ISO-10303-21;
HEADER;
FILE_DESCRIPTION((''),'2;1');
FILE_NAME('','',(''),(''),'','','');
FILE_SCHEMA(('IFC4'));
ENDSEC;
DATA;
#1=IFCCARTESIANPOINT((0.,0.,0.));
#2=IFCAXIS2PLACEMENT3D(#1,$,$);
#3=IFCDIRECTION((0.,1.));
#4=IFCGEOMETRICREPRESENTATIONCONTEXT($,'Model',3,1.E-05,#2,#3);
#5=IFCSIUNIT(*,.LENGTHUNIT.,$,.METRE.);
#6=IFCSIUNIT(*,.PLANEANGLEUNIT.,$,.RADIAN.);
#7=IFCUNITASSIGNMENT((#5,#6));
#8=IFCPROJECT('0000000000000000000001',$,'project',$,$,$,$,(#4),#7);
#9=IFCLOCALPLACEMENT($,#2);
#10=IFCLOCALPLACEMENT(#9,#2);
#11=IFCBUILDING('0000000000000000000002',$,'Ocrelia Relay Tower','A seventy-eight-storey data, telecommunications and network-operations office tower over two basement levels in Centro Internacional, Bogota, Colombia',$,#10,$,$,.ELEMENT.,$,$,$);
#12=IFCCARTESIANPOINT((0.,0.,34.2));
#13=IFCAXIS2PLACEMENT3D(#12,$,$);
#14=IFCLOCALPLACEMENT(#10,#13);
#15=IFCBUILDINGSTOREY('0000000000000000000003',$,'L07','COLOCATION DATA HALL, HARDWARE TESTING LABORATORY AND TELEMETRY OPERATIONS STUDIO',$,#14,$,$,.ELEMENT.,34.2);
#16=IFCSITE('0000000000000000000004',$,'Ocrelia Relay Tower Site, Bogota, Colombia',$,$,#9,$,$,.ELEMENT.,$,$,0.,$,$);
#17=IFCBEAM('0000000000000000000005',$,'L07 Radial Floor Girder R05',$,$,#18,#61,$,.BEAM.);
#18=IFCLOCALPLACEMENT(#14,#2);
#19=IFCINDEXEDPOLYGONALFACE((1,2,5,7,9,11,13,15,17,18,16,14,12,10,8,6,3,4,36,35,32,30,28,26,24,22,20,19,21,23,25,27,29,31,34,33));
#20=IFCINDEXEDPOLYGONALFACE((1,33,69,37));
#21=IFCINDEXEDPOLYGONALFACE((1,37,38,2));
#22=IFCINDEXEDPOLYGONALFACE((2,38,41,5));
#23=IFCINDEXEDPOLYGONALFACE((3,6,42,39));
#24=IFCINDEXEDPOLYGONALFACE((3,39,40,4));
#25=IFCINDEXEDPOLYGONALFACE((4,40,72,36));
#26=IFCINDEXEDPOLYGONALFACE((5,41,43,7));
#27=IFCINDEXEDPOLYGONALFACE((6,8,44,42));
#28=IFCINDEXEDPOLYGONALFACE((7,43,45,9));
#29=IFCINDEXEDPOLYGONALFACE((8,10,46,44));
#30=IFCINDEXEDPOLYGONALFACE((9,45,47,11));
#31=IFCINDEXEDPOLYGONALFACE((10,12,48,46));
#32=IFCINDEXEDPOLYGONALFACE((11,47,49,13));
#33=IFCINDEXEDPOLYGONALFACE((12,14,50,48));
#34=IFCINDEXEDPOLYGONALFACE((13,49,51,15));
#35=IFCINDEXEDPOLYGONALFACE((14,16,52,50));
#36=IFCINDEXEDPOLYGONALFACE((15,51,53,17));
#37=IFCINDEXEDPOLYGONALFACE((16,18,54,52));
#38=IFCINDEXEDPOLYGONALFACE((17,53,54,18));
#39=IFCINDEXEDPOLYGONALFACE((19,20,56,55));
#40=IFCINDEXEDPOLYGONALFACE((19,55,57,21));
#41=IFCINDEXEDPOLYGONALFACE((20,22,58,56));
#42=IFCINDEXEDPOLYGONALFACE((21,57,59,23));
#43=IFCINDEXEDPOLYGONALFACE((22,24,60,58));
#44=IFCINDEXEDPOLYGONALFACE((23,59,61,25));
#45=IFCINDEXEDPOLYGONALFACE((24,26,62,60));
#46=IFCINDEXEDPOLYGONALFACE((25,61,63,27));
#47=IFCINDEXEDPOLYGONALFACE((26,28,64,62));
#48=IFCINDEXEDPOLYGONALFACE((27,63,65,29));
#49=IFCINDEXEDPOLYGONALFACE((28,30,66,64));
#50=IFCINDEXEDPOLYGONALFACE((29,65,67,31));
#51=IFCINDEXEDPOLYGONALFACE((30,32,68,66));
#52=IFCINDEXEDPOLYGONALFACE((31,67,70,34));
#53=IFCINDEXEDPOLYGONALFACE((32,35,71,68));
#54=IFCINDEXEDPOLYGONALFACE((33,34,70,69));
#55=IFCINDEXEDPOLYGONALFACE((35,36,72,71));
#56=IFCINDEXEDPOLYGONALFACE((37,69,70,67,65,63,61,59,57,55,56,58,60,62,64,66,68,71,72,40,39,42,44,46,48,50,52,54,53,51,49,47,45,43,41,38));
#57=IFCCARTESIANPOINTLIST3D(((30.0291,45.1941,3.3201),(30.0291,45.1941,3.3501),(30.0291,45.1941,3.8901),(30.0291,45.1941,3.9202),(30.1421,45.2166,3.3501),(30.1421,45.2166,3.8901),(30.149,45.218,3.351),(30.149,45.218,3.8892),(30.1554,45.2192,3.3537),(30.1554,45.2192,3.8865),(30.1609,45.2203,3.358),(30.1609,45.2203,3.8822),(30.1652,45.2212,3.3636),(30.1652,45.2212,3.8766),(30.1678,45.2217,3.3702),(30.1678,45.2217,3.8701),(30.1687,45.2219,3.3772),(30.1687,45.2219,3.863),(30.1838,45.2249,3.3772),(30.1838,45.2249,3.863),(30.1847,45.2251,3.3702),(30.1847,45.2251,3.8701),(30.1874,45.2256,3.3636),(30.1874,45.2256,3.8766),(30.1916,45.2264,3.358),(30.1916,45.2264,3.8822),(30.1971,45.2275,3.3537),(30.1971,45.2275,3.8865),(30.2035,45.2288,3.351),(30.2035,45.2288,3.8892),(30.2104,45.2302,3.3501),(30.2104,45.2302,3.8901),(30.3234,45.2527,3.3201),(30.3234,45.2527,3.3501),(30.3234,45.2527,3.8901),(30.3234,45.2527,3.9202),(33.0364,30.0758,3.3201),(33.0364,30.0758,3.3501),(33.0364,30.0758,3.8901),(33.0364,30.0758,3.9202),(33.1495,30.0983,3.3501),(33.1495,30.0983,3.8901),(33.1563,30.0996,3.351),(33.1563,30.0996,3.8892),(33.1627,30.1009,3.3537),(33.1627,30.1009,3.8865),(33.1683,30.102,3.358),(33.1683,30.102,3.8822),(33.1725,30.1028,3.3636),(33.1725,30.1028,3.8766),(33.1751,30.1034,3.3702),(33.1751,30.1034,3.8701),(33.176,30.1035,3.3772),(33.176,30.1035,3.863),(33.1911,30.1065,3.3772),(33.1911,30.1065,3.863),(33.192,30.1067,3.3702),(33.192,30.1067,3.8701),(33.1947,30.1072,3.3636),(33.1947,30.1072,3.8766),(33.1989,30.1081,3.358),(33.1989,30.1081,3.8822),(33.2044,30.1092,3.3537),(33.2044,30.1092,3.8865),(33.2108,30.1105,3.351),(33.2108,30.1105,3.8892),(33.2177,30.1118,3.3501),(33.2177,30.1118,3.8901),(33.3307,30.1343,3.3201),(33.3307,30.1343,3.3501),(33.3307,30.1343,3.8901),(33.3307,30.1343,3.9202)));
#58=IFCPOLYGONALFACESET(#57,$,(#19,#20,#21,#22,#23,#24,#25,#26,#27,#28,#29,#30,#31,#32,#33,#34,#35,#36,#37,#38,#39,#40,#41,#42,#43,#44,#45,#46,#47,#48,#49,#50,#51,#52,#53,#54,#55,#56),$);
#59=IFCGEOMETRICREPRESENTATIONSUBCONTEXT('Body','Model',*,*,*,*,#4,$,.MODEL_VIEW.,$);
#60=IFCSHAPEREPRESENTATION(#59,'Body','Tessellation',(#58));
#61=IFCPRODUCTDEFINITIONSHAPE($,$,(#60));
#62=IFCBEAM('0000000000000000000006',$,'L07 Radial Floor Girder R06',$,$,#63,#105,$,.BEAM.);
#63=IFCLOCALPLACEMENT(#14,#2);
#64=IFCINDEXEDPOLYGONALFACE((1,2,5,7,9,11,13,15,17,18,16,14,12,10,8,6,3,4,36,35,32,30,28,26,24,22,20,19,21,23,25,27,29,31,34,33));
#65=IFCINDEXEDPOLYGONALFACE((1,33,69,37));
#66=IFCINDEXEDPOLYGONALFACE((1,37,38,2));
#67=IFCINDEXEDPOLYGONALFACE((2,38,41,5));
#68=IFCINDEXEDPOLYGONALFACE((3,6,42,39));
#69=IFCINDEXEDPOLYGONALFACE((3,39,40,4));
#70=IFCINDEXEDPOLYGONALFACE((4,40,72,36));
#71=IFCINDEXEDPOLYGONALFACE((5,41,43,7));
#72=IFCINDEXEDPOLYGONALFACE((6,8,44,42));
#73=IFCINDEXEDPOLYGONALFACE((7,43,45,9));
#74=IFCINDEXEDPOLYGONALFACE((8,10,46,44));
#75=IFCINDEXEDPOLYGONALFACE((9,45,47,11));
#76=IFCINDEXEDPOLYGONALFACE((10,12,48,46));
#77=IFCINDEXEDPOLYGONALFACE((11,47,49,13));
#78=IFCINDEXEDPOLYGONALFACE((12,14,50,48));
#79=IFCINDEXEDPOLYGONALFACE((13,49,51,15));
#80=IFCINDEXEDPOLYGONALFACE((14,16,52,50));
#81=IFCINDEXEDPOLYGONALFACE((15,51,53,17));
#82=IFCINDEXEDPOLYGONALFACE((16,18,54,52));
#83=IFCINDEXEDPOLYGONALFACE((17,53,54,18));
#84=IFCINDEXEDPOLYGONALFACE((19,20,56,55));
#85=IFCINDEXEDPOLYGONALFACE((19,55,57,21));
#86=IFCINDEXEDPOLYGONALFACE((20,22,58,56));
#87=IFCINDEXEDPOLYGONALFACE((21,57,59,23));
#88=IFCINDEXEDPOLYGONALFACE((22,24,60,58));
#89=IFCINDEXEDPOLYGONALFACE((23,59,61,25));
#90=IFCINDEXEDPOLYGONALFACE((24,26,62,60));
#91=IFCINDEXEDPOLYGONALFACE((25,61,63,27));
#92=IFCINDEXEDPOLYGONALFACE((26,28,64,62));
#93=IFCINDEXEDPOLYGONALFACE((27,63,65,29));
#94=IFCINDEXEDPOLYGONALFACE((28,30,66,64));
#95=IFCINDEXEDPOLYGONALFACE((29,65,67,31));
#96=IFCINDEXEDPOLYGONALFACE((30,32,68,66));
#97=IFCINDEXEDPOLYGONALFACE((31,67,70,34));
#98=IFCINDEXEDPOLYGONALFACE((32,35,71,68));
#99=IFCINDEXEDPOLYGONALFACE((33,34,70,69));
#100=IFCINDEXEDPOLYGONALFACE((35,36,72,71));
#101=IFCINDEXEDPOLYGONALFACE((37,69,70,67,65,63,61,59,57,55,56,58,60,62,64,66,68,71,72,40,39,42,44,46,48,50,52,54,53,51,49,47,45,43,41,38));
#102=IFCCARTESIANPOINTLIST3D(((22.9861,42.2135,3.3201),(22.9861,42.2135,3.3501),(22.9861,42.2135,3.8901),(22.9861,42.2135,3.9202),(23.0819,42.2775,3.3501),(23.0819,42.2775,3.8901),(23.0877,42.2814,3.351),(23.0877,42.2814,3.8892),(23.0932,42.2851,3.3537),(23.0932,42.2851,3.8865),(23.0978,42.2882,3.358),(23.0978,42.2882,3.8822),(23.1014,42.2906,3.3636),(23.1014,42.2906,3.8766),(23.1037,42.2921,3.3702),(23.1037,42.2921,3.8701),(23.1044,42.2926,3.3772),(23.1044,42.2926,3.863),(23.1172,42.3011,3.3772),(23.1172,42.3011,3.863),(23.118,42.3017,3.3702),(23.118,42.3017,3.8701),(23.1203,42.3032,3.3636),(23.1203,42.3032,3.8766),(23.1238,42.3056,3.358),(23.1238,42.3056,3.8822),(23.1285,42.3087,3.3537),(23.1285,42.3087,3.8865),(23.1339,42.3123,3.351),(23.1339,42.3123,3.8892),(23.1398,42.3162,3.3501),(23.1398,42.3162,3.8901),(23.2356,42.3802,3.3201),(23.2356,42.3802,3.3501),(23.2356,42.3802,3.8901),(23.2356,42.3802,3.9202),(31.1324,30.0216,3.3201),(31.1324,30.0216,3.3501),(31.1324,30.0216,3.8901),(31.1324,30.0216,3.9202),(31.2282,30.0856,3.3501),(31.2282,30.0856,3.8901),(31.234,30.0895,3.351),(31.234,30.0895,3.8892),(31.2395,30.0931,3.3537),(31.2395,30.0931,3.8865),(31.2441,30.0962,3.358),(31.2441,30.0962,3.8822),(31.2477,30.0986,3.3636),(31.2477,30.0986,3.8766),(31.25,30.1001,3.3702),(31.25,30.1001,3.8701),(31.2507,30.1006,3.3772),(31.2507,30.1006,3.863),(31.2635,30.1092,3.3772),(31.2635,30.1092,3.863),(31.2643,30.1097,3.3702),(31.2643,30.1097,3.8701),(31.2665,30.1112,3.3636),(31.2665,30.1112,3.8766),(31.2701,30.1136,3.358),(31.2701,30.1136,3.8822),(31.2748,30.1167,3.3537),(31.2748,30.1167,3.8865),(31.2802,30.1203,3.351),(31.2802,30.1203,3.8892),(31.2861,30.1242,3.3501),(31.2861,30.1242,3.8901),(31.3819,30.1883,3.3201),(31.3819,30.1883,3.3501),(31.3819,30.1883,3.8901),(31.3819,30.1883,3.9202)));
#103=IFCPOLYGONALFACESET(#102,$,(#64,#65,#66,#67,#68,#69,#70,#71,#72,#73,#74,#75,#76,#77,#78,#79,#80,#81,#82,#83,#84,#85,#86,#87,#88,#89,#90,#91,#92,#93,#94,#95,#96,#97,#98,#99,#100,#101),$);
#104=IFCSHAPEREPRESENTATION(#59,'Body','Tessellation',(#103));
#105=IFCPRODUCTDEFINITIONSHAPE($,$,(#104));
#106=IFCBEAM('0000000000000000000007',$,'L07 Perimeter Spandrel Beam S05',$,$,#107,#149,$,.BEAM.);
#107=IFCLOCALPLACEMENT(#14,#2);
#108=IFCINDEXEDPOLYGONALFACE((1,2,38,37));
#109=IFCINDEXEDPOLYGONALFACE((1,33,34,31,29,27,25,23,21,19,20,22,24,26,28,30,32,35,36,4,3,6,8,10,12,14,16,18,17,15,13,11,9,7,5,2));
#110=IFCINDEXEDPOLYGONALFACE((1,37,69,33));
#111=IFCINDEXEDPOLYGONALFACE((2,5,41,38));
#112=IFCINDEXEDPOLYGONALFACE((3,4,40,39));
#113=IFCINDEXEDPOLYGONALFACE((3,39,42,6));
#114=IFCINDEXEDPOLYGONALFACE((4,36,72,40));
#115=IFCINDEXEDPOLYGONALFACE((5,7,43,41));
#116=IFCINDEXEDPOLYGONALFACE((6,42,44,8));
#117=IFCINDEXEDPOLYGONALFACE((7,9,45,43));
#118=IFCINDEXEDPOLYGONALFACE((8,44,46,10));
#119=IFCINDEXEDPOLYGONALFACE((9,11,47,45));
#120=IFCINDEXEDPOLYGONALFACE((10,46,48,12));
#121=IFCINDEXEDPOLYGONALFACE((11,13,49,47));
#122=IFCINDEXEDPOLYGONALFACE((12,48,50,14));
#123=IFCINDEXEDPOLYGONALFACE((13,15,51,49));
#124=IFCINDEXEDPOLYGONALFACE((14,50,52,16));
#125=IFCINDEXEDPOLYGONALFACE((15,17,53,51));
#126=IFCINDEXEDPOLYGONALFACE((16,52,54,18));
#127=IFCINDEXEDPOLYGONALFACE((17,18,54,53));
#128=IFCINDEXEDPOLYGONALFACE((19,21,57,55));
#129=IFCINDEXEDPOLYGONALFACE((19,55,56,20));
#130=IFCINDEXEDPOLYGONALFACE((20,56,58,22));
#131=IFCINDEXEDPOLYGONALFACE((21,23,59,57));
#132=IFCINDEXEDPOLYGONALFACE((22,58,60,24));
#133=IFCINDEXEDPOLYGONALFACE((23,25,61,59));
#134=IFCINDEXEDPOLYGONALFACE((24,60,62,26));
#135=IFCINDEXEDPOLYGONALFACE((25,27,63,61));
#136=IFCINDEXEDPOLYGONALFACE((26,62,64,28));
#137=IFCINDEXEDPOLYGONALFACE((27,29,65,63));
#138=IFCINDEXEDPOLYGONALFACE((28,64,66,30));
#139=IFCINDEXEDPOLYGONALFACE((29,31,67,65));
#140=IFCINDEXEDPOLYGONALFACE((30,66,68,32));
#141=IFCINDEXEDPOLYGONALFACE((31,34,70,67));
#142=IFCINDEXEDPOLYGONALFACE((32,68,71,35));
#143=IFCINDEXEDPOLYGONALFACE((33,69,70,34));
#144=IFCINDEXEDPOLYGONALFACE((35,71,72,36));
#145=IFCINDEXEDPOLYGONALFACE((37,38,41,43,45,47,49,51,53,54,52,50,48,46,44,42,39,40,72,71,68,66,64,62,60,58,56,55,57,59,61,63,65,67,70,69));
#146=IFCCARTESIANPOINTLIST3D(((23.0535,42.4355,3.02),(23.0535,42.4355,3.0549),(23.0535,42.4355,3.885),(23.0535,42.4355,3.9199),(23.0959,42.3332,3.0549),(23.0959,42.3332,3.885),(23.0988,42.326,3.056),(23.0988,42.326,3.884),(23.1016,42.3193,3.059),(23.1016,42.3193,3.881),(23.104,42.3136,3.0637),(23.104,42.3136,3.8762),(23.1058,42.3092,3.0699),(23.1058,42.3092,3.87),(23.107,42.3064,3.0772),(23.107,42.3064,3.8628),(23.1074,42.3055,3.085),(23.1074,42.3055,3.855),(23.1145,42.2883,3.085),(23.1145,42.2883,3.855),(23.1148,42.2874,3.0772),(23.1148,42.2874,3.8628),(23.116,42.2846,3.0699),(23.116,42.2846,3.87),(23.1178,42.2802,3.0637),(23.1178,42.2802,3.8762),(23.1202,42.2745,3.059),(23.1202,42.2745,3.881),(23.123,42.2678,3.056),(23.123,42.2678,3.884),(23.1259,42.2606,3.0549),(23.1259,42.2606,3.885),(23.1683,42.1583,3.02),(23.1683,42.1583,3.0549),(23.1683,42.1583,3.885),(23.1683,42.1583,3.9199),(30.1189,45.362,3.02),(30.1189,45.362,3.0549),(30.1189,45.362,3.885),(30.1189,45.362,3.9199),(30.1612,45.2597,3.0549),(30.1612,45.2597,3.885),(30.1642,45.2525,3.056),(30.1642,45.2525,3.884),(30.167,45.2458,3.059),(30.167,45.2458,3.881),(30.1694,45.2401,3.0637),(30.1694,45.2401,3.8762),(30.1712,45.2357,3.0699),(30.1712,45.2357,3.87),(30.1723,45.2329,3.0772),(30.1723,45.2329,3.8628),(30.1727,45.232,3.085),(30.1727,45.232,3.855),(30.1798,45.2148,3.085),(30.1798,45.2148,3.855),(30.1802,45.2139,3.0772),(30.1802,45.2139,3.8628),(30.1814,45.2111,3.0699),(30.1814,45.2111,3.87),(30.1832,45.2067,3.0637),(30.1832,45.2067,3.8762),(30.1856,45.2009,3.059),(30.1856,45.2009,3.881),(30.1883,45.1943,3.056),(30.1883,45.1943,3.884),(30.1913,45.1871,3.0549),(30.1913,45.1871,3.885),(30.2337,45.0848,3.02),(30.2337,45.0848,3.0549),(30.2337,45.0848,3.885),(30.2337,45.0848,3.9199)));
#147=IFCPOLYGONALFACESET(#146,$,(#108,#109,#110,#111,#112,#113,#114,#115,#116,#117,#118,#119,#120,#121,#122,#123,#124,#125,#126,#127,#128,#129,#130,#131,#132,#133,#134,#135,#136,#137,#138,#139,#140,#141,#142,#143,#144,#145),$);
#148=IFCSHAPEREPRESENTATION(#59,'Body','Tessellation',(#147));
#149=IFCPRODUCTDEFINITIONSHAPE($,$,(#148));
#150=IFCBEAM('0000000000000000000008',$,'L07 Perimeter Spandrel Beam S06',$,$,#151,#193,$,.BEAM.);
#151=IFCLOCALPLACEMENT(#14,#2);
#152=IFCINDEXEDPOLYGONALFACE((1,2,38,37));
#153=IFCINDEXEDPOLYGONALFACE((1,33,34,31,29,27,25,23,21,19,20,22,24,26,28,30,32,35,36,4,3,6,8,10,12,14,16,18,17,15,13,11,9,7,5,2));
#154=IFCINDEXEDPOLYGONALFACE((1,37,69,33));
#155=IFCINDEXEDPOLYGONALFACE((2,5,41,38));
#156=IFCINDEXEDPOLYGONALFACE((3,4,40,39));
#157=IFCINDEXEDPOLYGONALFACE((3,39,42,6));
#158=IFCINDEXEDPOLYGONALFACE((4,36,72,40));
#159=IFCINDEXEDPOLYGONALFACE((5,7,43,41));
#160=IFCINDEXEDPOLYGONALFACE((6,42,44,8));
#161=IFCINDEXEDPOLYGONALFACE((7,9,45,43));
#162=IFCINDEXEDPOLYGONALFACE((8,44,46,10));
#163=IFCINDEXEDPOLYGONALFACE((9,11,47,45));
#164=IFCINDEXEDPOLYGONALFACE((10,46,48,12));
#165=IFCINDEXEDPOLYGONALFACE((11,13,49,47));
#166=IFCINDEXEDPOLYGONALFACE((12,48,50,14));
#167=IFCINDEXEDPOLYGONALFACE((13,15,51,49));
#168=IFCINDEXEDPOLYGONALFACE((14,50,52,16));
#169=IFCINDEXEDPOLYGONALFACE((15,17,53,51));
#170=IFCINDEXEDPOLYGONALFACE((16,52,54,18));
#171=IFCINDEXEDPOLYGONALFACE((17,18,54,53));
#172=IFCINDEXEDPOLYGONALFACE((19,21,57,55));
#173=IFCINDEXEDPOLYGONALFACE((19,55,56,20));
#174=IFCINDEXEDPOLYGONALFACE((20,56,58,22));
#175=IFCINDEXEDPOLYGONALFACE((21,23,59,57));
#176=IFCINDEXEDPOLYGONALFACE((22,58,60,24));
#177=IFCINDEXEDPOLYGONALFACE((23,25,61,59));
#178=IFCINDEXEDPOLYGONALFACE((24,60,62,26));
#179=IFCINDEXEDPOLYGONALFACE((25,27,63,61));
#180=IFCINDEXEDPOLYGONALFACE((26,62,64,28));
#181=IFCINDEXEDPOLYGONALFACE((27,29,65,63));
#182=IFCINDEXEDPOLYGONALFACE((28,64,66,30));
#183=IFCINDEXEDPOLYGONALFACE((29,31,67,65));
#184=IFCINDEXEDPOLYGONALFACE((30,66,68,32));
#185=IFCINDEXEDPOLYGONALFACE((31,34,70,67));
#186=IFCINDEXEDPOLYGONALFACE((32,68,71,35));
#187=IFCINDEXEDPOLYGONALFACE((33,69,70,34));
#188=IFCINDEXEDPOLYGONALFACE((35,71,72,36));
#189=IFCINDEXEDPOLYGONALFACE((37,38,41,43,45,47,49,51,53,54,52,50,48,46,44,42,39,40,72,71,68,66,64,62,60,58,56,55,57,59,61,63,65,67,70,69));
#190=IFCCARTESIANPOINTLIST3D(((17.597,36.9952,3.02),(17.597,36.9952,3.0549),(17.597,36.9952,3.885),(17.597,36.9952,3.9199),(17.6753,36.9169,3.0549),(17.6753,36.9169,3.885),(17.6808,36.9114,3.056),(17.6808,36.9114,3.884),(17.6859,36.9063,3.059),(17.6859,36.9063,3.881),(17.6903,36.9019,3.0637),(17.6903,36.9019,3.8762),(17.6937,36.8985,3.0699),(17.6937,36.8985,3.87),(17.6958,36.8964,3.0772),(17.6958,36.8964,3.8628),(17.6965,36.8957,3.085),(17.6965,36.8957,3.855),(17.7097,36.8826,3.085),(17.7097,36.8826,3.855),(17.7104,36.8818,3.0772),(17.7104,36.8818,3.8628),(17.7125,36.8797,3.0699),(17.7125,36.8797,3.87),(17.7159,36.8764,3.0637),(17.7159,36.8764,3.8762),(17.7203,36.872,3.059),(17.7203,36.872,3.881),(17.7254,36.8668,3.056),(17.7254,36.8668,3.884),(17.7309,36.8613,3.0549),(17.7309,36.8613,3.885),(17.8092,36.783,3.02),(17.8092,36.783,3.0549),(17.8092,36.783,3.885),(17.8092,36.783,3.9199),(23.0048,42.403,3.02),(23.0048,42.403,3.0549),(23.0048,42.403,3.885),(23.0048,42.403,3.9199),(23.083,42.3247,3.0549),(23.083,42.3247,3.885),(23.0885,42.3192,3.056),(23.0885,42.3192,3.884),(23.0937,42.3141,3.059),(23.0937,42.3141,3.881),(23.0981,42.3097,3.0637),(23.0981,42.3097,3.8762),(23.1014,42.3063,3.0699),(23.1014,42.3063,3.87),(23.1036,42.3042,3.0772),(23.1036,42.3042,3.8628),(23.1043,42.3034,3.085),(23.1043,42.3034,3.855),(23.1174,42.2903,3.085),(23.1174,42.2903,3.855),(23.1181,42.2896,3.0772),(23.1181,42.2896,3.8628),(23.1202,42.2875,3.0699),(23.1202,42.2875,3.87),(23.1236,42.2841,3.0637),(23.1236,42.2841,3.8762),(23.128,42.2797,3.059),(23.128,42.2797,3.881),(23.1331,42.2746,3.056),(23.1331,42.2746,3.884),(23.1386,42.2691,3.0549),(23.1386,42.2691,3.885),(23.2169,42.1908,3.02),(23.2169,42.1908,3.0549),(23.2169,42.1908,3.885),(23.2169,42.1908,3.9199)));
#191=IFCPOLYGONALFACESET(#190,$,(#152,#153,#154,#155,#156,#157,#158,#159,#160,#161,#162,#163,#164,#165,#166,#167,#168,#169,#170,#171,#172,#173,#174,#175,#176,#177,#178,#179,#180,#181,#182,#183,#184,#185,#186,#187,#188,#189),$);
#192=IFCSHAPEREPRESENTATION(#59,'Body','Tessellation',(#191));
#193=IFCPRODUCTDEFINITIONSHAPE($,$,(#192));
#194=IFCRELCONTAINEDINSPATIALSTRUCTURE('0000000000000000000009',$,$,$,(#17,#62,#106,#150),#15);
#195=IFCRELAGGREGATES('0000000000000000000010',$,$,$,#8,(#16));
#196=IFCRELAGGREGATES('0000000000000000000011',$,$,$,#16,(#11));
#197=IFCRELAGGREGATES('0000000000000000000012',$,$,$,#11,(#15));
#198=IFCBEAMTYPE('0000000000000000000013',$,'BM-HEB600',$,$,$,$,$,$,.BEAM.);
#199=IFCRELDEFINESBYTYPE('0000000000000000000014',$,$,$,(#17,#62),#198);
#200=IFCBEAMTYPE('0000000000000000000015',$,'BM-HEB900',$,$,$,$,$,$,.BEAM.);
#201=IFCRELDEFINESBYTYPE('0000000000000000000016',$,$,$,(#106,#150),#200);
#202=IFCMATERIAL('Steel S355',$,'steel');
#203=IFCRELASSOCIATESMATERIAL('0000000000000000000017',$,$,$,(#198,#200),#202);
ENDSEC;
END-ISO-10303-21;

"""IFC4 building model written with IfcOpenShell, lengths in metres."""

from ifc_helpers import new_model, si_unit, direction, frame, origin, origin_2d, place, context, subcontext, project, spatial, i_section, extrude, material, material_profile, profile_set, type_object, element, save


model = new_model("IFC4")

# Units and contexts
model_context = context("Model", 3, precision=1e-05, world=origin(), true_north=direction((0.0, 1.0)))
body_context = subcontext(model_context, "Body", "Model", "MODEL_VIEW")
ifc_project = project(units=[si_unit("LENGTHUNIT", "METRE"), si_unit("PLANEANGLEUNIT", "RADIAN")], contexts=[model_context])

# Site, building, storey
site_placement = place(None, origin())
site = spatial("IfcSite", under=ifc_project, at=site_placement, Name="Ocrelia Relay Tower Site, Bogota, Colombia", CompositionType="ELEMENT", RefElevation=0.0)
building_placement = place(site_placement, origin())
building = spatial("IfcBuilding", under=site, at=building_placement, Name="Ocrelia Relay Tower", Description="A seventy-eight-storey data, telecommunications and network-operations office tower over two basement levels in Centro Internacional, Bogota, Colombia", CompositionType="ELEMENT")
storey_placement = place(building_placement, frame((0.0, 0.0, 34.2)))
storey = spatial("IfcBuildingStorey", under=building, at=storey_placement, Name="L07", Description="COLOCATION DATA HALL, HARDWARE TESTING LABORATORY AND TELEMETRY OPERATIONS STUDIO", CompositionType="ELEMENT", Elevation=34.2)

# Beams
ifc_material_1 = material(Name="Steel S355", Category="steel")
ifc_material_profile_1 = material_profile(ifc_material_1, i_section(OverallWidth=0.3, OverallDepth=0.6001, WebThickness=0.0154, FlangeThickness=0.03, FilletRadius=0.0271, at=origin_2d()), Name="HEB 600")
ifc_profile_set_1 = profile_set([ifc_material_profile_1], Name="Steel S355")
beam_type_1 = type_object("IfcBeamType", Name="BM-HEB600", PredefinedType="BEAM", material=ifc_profile_set_1)
beam_1_placement = place(storey_placement, frame((30.1763, 45.2234, 3.6201), z_axis=(0.195096, -0.980784, 0.0), x_axis=(0.980784, 0.195096, 0.0)))
element("IfcBeam", 1, at=beam_1_placement, inside=storey, type_object=beam_type_1, Name="L07 Radial Floor Girder R05", PredefinedType="BEAM", context=body_context, shape_type="SweptSolid", body=[
    extrude(i_section(OverallWidth=0.3, OverallDepth=0.6001, WebThickness=0.0154, FlangeThickness=0.03, FilletRadius=0.0271, at=origin_2d()), origin(), (0.0, 0.0, 1.0), 15.4146),
])
beam_2_placement = place(storey_placement, frame((23.1108, 42.2969, 3.6201), z_axis=(0.555564, -0.831473, 0.0), x_axis=(0.831473, 0.555564, 0.0)))
element("IfcBeam", 2, at=beam_2_placement, inside=storey, type_object=beam_type_1, Name="L07 Radial Floor Girder R06", PredefinedType="BEAM", context=body_context, shape_type="SweptSolid", body=[
    extrude(i_section(OverallWidth=0.3, OverallDepth=0.6001, WebThickness=0.0154, FlangeThickness=0.03, FilletRadius=0.0271, at=origin_2d()), origin(), (0.0, 0.0, 1.0), 14.6631),
])
ifc_material_profile_2 = material_profile(ifc_material_1, i_section(OverallWidth=0.3, OverallDepth=0.8999, WebThickness=0.0186, FlangeThickness=0.0349, FilletRadius=0.03, at=origin_2d()), Name="HEB 900")
ifc_profile_set_2 = profile_set([ifc_material_profile_2], Name="Steel S355")
beam_type_2 = type_object("IfcBeamType", Name="BM-HEB900", PredefinedType="BEAM", material=ifc_profile_set_2)
beam_3_placement = place(storey_placement, frame((30.1763, 45.2234, 3.47), z_axis=(-0.923883, -0.382674, 0.0), x_axis=(0.382674, -0.923883, 0.0)))
element("IfcBeam", 3, at=beam_3_placement, inside=storey, type_object=beam_type_2, Name="L07 Perimeter Spandrel Beam S05", PredefinedType="BEAM", context=body_context, shape_type="SweptSolid", body=[
    extrude(i_section(OverallWidth=0.3, OverallDepth=0.8999, WebThickness=0.0186, FlangeThickness=0.0349, FilletRadius=0.03, at=origin_2d()), origin(), (0.0, 0.0, 1.0), 7.6475),
])
beam_4_placement = place(storey_placement, frame((23.1108, 42.2969, 3.47), z_axis=(-0.707107, -0.707107, 0.0), x_axis=(0.707107, -0.707107, 0.0)))
element("IfcBeam", 4, at=beam_4_placement, inside=storey, type_object=beam_type_2, Name="L07 Perimeter Spandrel Beam S06", PredefinedType="BEAM", context=body_context, shape_type="SweptSolid", body=[
    extrude(i_section(OverallWidth=0.3, OverallDepth=0.8999, WebThickness=0.0186, FlangeThickness=0.0349, FilletRadius=0.03, at=origin_2d()), origin(), (0.0, 0.0, 1.0), 7.6477),
])

save(model, "model.ifc")
